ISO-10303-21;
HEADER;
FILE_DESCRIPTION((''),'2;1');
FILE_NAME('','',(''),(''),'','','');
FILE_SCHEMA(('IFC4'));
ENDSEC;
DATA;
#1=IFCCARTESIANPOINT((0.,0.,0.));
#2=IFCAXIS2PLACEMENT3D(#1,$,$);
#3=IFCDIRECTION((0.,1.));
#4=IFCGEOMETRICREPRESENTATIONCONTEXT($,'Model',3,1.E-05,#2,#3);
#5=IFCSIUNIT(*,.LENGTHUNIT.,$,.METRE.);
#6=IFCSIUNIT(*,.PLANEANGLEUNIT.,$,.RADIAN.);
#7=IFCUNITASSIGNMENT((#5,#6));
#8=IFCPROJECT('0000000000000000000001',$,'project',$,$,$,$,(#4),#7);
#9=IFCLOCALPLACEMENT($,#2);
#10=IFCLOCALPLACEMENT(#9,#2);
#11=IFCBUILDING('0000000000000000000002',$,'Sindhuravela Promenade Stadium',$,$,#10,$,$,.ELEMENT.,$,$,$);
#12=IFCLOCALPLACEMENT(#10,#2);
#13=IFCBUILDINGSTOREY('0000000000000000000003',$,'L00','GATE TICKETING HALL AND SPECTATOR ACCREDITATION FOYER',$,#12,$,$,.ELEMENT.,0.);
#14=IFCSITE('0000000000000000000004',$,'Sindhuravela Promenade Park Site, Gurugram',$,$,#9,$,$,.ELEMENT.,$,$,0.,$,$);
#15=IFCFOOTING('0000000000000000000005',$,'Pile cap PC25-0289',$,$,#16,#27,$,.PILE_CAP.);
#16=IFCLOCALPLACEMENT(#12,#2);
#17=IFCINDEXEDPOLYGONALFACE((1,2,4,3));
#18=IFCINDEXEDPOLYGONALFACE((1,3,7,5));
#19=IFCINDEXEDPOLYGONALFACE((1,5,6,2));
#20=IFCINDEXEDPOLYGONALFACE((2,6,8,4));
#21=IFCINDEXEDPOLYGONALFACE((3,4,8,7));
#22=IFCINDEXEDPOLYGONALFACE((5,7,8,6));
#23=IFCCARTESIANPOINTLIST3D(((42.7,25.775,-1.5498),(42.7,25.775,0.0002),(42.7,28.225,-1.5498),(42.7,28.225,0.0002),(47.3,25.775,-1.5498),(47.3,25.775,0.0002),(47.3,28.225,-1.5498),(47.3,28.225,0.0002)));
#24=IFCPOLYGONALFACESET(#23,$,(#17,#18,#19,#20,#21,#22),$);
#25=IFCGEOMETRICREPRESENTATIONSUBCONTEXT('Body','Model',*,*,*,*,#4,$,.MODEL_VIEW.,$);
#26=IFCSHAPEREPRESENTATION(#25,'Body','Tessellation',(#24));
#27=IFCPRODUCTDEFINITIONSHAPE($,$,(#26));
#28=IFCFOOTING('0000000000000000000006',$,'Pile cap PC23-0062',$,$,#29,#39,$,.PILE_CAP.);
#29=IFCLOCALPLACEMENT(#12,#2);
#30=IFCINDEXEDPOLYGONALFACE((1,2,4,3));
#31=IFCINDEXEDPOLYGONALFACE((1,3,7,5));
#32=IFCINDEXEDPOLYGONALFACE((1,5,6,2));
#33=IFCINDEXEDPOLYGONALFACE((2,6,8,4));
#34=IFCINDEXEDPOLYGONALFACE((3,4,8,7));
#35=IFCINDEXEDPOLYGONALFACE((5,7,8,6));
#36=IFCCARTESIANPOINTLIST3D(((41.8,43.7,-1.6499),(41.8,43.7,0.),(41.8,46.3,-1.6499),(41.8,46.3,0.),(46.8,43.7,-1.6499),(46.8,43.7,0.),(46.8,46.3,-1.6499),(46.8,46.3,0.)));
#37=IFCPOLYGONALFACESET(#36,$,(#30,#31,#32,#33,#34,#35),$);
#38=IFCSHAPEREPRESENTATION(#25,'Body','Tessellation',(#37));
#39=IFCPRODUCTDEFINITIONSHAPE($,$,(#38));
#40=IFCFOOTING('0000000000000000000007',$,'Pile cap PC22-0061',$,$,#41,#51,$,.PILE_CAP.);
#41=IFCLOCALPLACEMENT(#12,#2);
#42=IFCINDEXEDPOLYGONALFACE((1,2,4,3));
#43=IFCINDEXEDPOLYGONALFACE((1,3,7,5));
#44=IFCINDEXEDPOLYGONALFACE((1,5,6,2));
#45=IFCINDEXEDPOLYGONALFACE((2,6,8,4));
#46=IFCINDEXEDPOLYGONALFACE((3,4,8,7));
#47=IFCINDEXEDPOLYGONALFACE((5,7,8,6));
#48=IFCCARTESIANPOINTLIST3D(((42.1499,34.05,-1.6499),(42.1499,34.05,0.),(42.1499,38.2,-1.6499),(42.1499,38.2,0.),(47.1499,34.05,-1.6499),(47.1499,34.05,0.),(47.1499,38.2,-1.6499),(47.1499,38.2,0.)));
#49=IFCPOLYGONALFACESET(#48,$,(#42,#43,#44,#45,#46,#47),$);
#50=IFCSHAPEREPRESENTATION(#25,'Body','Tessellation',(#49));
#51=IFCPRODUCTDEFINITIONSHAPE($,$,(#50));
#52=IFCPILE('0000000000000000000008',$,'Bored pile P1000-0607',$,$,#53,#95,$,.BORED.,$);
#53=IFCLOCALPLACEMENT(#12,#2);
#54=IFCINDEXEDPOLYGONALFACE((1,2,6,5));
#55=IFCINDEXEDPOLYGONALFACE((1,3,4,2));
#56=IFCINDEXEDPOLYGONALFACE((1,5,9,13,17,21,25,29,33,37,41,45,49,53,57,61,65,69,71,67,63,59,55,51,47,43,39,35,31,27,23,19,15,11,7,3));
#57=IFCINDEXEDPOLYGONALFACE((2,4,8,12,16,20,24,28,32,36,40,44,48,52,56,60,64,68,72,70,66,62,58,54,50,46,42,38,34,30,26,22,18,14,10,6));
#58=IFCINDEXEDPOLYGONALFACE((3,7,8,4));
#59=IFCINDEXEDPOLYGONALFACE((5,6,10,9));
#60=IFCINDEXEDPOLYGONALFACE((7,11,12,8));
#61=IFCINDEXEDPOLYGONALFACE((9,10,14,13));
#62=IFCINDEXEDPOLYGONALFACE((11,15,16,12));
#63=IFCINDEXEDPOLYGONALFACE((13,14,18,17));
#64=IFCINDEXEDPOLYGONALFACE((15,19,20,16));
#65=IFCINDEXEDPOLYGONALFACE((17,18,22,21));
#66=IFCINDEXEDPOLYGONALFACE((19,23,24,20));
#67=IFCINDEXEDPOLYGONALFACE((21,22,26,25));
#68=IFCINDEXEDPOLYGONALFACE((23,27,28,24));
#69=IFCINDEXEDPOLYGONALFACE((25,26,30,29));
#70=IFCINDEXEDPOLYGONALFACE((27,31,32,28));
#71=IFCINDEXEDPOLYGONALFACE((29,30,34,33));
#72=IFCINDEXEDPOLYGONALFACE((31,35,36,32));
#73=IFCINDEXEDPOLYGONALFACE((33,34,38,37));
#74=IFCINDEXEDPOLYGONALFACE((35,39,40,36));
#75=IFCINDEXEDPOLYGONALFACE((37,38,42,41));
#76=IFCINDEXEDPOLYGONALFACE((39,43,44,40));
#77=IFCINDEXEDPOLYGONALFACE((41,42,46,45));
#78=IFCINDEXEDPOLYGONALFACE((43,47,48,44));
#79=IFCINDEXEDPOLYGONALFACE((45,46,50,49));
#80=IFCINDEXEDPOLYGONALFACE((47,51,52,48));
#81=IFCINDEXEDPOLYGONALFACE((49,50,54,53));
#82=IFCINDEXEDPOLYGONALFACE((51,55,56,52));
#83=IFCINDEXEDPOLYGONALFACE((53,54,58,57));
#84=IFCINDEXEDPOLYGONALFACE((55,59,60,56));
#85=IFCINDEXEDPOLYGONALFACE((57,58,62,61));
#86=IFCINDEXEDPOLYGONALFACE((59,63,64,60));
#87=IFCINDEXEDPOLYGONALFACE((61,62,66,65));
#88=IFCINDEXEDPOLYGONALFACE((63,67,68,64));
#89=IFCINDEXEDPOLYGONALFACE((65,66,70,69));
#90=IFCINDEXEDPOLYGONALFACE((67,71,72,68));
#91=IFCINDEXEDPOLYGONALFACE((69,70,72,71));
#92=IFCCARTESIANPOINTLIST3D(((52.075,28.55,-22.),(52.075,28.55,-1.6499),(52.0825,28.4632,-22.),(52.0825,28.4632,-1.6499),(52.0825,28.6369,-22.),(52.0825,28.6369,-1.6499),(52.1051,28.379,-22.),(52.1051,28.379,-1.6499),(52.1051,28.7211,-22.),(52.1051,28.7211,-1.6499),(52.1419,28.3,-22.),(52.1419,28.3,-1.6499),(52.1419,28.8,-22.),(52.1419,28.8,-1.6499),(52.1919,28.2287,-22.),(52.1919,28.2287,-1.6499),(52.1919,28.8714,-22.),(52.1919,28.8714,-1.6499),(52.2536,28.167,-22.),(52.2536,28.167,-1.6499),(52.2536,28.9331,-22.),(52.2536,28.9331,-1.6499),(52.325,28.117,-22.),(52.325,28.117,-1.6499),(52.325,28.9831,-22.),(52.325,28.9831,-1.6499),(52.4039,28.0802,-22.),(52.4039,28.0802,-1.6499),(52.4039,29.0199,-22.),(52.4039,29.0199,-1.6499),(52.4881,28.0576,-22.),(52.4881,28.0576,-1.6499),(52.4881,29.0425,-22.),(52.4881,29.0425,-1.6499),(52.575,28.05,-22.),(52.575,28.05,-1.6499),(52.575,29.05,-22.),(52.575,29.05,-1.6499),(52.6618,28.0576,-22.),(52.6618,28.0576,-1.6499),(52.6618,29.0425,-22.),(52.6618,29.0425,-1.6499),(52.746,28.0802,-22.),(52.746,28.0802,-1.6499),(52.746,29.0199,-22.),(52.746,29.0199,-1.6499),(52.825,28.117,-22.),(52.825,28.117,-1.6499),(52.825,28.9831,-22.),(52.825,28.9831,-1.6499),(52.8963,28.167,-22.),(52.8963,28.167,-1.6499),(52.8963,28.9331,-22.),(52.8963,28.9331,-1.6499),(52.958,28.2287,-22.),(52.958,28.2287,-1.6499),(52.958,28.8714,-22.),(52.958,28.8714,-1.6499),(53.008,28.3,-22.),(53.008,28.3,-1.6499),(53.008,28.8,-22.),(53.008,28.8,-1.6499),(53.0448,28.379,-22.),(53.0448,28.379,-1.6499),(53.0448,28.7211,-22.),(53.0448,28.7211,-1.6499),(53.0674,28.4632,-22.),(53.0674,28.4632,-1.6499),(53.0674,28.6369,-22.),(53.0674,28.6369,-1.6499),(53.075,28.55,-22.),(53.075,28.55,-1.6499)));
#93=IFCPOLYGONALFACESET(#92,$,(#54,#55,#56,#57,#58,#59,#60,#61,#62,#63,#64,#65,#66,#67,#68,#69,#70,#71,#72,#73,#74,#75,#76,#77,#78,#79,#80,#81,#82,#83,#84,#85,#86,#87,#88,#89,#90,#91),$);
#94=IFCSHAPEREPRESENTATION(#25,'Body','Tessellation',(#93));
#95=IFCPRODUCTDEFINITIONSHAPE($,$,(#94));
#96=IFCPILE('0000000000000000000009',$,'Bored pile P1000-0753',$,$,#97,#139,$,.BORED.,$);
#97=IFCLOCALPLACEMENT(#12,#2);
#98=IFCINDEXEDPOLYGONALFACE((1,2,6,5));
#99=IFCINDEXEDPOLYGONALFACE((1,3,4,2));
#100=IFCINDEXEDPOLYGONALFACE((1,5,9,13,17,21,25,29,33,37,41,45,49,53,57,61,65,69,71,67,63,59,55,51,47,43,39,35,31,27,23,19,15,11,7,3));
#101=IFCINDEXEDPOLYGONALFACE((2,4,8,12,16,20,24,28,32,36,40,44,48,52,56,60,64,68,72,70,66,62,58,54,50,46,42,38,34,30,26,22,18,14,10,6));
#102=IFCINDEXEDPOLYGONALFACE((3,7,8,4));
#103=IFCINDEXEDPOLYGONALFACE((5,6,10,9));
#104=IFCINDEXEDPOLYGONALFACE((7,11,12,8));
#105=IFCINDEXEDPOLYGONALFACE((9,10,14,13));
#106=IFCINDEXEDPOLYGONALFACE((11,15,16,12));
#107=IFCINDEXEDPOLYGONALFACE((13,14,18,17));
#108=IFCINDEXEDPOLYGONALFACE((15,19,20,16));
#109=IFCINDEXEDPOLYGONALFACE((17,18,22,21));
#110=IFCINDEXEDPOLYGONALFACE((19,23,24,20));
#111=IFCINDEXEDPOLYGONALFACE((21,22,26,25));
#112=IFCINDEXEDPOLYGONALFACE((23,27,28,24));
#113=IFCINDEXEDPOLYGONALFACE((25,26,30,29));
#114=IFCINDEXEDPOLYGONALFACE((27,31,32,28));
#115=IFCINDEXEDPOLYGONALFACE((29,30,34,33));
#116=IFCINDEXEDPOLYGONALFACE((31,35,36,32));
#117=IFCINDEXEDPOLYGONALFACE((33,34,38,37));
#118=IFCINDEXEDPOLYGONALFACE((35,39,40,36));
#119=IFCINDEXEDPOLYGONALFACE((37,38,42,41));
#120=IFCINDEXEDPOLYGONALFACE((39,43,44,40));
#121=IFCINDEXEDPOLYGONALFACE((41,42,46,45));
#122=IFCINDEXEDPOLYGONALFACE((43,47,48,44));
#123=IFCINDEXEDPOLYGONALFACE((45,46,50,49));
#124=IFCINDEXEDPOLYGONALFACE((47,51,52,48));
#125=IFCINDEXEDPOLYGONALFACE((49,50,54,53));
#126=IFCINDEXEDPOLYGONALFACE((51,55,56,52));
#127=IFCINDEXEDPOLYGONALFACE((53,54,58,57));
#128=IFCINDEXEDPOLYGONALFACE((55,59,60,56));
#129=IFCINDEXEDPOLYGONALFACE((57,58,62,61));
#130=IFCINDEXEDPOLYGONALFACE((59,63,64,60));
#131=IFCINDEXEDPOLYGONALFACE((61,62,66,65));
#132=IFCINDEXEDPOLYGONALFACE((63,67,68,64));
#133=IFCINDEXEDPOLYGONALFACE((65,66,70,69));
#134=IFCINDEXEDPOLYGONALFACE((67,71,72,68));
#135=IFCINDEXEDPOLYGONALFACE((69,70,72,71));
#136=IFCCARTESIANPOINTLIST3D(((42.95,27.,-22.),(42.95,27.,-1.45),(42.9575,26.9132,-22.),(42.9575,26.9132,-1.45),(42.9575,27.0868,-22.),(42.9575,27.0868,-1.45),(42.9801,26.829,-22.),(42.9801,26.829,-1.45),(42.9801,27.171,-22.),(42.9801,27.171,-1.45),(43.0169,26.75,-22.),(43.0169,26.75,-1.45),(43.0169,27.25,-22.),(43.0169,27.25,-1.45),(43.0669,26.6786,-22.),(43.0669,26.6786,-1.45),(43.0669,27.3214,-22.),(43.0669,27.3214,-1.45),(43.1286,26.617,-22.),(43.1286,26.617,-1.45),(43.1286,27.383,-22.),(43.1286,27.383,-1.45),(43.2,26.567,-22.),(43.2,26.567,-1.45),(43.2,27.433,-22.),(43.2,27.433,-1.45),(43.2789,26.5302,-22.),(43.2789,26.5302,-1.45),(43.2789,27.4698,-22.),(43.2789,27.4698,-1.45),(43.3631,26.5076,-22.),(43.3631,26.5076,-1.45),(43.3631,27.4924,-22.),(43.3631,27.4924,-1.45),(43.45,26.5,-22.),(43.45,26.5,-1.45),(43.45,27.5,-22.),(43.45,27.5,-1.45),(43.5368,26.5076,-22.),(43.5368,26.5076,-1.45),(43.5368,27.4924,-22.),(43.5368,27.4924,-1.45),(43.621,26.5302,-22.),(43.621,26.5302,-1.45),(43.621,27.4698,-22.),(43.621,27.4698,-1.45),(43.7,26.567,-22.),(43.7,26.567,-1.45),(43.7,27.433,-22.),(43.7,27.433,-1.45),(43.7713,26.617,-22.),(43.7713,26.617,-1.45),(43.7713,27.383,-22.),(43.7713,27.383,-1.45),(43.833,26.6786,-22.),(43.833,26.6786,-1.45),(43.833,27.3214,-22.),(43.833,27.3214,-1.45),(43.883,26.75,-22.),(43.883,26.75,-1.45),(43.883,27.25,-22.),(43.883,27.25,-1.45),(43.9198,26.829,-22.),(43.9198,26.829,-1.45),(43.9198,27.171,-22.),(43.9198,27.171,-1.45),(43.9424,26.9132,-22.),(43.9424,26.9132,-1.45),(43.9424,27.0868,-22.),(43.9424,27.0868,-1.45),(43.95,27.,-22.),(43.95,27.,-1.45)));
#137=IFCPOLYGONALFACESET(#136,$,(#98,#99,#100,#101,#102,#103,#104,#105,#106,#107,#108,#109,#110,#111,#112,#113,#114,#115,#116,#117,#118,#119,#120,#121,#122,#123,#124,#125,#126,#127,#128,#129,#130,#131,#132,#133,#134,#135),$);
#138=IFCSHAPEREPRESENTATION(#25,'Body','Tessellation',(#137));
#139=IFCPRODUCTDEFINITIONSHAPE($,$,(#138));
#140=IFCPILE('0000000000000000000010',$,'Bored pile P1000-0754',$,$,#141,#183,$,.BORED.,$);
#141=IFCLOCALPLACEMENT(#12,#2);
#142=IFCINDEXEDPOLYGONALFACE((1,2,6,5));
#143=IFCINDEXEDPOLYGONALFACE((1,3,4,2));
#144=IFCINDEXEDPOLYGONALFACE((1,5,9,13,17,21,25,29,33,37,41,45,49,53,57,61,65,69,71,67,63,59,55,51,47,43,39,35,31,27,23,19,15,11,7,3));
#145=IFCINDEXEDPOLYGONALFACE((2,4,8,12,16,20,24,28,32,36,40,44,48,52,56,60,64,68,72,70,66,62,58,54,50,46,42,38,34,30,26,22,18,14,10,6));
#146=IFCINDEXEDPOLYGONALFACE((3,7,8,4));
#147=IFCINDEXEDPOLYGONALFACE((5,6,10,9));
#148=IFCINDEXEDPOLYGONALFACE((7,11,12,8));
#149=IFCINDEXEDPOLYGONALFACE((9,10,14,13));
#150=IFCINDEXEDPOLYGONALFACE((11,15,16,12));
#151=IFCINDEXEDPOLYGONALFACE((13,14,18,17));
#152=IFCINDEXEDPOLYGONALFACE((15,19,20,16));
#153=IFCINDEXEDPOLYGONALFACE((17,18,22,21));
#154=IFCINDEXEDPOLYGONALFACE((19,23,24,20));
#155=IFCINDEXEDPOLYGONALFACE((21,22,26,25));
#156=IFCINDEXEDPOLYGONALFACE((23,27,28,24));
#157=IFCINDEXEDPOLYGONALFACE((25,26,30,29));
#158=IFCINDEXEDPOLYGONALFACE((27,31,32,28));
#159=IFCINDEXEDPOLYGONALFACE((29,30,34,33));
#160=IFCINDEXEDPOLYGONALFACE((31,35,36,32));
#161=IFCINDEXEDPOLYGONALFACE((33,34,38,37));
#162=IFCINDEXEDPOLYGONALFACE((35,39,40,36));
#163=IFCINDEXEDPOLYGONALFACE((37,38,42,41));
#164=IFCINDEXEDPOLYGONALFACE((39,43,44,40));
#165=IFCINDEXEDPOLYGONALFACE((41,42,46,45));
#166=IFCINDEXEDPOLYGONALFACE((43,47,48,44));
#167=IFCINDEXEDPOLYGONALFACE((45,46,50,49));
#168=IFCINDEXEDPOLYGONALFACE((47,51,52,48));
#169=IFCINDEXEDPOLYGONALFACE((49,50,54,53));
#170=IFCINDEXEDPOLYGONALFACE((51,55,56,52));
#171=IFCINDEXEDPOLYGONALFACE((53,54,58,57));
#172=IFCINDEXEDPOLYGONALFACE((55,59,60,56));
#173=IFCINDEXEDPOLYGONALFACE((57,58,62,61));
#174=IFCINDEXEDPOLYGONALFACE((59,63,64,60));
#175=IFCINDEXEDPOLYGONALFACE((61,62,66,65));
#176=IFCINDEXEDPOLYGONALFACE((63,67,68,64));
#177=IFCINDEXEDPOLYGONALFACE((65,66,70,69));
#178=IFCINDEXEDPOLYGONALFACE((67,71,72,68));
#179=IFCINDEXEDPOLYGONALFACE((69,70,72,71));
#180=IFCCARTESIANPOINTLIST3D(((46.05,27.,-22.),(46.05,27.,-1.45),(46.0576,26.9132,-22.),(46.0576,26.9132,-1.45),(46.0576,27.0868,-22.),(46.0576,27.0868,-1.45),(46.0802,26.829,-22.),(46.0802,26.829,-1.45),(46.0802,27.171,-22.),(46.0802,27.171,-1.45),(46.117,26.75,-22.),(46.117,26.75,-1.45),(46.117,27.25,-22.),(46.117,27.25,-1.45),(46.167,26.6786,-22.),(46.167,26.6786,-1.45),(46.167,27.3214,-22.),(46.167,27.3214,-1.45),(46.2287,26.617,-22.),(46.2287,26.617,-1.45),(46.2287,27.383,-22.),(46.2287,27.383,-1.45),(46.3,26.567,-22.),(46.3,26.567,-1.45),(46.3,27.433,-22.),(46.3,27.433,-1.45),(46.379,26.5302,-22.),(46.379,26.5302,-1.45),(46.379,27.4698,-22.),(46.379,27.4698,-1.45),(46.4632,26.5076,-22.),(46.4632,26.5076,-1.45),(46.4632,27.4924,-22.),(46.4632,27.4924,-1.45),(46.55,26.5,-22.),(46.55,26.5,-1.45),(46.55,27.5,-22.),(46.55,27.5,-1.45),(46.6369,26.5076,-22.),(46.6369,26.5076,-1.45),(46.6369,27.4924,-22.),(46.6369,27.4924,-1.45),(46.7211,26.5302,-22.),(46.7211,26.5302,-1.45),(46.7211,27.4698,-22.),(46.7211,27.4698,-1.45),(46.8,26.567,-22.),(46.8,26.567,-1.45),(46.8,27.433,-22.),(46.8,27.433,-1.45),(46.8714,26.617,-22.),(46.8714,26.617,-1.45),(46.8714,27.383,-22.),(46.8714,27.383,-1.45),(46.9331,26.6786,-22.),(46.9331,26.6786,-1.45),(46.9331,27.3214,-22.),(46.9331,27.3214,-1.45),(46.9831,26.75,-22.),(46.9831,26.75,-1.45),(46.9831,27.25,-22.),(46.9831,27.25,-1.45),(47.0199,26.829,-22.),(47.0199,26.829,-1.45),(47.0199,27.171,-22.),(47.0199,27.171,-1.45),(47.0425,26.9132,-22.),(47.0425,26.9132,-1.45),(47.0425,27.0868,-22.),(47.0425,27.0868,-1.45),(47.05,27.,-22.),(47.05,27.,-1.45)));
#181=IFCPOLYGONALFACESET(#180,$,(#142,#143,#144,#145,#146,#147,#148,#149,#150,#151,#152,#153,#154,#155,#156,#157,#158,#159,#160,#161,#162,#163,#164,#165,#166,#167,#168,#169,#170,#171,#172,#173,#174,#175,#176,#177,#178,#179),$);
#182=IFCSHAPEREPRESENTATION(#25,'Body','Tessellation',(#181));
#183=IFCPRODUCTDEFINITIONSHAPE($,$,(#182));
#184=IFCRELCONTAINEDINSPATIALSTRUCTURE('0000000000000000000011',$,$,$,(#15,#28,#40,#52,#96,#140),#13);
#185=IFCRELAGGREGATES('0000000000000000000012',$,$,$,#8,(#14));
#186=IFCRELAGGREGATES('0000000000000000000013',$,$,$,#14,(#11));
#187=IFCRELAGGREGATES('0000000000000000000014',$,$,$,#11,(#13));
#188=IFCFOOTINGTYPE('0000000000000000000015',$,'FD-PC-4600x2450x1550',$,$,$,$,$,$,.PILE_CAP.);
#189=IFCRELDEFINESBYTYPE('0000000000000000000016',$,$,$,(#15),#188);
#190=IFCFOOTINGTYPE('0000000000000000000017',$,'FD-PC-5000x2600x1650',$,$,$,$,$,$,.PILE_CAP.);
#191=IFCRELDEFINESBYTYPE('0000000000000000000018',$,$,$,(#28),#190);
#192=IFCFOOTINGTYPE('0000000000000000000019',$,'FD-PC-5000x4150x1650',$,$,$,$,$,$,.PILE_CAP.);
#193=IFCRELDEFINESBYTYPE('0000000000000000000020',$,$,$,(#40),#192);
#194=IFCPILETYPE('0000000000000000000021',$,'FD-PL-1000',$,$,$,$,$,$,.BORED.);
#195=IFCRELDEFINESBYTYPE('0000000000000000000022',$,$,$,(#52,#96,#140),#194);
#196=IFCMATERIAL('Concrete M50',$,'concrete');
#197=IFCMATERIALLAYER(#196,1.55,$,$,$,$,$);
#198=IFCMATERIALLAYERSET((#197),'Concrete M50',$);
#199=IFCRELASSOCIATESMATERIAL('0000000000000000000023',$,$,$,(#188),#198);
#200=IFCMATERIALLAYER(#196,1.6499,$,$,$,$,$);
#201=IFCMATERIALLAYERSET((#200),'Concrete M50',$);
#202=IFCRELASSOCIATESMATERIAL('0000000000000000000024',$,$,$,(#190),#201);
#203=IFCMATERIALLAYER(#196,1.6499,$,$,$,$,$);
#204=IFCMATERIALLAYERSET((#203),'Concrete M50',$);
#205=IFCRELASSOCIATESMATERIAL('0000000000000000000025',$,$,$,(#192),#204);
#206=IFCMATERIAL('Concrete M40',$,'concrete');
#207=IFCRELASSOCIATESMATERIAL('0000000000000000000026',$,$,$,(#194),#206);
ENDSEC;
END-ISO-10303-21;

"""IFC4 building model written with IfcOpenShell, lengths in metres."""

from ifc_helpers import new_model, si_unit, direction, frame, origin, origin_2d, place, context, subcontext, project, spatial, rectangle, circle, extrude, material, layer, layer_set, material_profile, profile_set, type_object, element, save


model = new_model("IFC4")

# Units and contexts
model_context = context("Model", 3, precision=1e-05, world=origin(), true_north=direction((0.0, 1.0)))
body_context = subcontext(model_context, "Body", "Model", "MODEL_VIEW")
ifc_project = project(units=[si_unit("LENGTHUNIT", "METRE"), si_unit("PLANEANGLEUNIT", "RADIAN")], contexts=[model_context])

# Site, building, storey
site_placement = place(None, origin())
site = spatial("IfcSite", under=ifc_project, at=site_placement, Name="Sindhuravela Promenade Park Site, Gurugram", CompositionType="ELEMENT", RefElevation=0.0)
building_placement = place(site_placement, origin())
building = spatial("IfcBuilding", under=site, at=building_placement, Name="Sindhuravela Promenade Stadium", CompositionType="ELEMENT")
storey_placement = place(building_placement, origin())
storey = spatial("IfcBuildingStorey", under=building, at=storey_placement, Name="L00", Description="GATE TICKETING HALL AND SPECTATOR ACCREDITATION FOYER", CompositionType="ELEMENT", Elevation=0.0)

# Footings
ifc_material_1 = material(Name="Concrete M50", Category="concrete")
ifc_layer_1 = layer(ifc_material_1, 1.55)
ifc_layer_set_1 = layer_set([ifc_layer_1], Name="Concrete M50")
footing_type_1 = type_object("IfcFootingType", Name="FD-PC-4600x2450x1550", PredefinedType="PILE_CAP", material=ifc_layer_set_1)
footing_1_placement = place(storey_placement, frame((45.0, 27.0, -1.5498), z_axis=(0.0, 0.0, 1.0), x_axis=(1.0, 0.0, 0.0)))
element("IfcFooting", 1, at=footing_1_placement, inside=storey, type_object=footing_type_1, Name="Pile cap PC25-0289", PredefinedType="PILE_CAP", context=body_context, shape_type="SweptSolid", body=[
    extrude(rectangle(XDim=4.6001, YDim=2.45, at=origin_2d()), origin(), (0.0, 0.0, 1.0), 1.55),
])
ifc_layer_2 = layer(ifc_material_1, 1.6499)
ifc_layer_set_2 = layer_set([ifc_layer_2], Name="Concrete M50")
footing_type_2 = type_object("IfcFootingType", Name="FD-PC-5000x2600x1650", PredefinedType="PILE_CAP", material=ifc_layer_set_2)
footing_2_placement = place(storey_placement, frame((44.3, 45.0, -1.6499), z_axis=(0.0, 0.0, 1.0), x_axis=(1.0, 0.0, 0.0)))
element("IfcFooting", 2, at=footing_2_placement, inside=storey, type_object=footing_type_2, Name="Pile cap PC23-0062", PredefinedType="PILE_CAP", context=body_context, shape_type="SweptSolid", body=[
    extrude(rectangle(XDim=5.0, YDim=2.6001, at=origin_2d()), origin(), (0.0, 0.0, 1.0), 1.6499),
])
ifc_layer_3 = layer(ifc_material_1, 1.6499)
ifc_layer_set_3 = layer_set([ifc_layer_3], Name="Concrete M50")
footing_type_3 = type_object("IfcFootingType", Name="FD-PC-5000x4150x1650", PredefinedType="PILE_CAP", material=ifc_layer_set_3)
footing_3_placement = place(storey_placement, frame((44.6499, 36.125, -1.6499), z_axis=(0.0, 0.0, 1.0), x_axis=(1.0, 0.0, 0.0)))
element("IfcFooting", 3, at=footing_3_placement, inside=storey, type_object=footing_type_3, Name="Pile cap PC22-0061", PredefinedType="PILE_CAP", context=body_context, shape_type="SweptSolid", body=[
    extrude(rectangle(XDim=5.0, YDim=4.1499, at=origin_2d()), origin(), (0.0, 0.0, 1.0), 1.6499),
])

# Piles
ifc_material_2 = material(Name="Concrete M40", Category="concrete")
ifc_material_profile_1 = material_profile(ifc_material_2, circle(Radius=0.5, at=origin_2d()), Name="BORED PILE D1000")
ifc_profile_set_1 = profile_set([ifc_material_profile_1], Name="Concrete M40")
pile_type_1 = type_object("IfcPileType", Name="FD-PL-1000", PredefinedType="BORED", material=ifc_profile_set_1)
pile_placement = place(storey_placement, frame((52.575, 28.55, -1.6499), z_axis=(0.0, 0.0, -1.0), x_axis=(1.0, 0.0, 0.0)))
element("IfcPile", 4, at=pile_placement, inside=storey, type_object=pile_type_1, Name="Bored pile P1000-0607", PredefinedType="BORED", context=body_context, shape_type="SweptSolid", body=[
    extrude(circle(Radius=0.5, at=origin_2d()), origin(), (0.0, 0.0, 1.0), 20.3501),
])
for number, where, z_axis, x_axis, name in (
    (5, (43.45, 27.0, -1.45), (0.0, 0.0, -1.0), (1.0, 0.0, 0.0), "Bored pile P1000-0753"),
    (6, (46.55, 27.0, -1.45), (0.0, 0.0, -1.0), (1.0, 0.0, 0.0), "Bored pile P1000-0754"),
):
    element("IfcPile", number, at=place(storey_placement, frame(where, z_axis=z_axis, x_axis=x_axis)), inside=storey, type_object=pile_type_1, Name=name, PredefinedType="BORED", context=body_context, shape_type="SweptSolid", body=[
        extrude(circle(Radius=0.5, at=origin_2d()), origin(), (0.0, 0.0, 1.0), 20.55),
    ])

save(model, "model.ifc")
